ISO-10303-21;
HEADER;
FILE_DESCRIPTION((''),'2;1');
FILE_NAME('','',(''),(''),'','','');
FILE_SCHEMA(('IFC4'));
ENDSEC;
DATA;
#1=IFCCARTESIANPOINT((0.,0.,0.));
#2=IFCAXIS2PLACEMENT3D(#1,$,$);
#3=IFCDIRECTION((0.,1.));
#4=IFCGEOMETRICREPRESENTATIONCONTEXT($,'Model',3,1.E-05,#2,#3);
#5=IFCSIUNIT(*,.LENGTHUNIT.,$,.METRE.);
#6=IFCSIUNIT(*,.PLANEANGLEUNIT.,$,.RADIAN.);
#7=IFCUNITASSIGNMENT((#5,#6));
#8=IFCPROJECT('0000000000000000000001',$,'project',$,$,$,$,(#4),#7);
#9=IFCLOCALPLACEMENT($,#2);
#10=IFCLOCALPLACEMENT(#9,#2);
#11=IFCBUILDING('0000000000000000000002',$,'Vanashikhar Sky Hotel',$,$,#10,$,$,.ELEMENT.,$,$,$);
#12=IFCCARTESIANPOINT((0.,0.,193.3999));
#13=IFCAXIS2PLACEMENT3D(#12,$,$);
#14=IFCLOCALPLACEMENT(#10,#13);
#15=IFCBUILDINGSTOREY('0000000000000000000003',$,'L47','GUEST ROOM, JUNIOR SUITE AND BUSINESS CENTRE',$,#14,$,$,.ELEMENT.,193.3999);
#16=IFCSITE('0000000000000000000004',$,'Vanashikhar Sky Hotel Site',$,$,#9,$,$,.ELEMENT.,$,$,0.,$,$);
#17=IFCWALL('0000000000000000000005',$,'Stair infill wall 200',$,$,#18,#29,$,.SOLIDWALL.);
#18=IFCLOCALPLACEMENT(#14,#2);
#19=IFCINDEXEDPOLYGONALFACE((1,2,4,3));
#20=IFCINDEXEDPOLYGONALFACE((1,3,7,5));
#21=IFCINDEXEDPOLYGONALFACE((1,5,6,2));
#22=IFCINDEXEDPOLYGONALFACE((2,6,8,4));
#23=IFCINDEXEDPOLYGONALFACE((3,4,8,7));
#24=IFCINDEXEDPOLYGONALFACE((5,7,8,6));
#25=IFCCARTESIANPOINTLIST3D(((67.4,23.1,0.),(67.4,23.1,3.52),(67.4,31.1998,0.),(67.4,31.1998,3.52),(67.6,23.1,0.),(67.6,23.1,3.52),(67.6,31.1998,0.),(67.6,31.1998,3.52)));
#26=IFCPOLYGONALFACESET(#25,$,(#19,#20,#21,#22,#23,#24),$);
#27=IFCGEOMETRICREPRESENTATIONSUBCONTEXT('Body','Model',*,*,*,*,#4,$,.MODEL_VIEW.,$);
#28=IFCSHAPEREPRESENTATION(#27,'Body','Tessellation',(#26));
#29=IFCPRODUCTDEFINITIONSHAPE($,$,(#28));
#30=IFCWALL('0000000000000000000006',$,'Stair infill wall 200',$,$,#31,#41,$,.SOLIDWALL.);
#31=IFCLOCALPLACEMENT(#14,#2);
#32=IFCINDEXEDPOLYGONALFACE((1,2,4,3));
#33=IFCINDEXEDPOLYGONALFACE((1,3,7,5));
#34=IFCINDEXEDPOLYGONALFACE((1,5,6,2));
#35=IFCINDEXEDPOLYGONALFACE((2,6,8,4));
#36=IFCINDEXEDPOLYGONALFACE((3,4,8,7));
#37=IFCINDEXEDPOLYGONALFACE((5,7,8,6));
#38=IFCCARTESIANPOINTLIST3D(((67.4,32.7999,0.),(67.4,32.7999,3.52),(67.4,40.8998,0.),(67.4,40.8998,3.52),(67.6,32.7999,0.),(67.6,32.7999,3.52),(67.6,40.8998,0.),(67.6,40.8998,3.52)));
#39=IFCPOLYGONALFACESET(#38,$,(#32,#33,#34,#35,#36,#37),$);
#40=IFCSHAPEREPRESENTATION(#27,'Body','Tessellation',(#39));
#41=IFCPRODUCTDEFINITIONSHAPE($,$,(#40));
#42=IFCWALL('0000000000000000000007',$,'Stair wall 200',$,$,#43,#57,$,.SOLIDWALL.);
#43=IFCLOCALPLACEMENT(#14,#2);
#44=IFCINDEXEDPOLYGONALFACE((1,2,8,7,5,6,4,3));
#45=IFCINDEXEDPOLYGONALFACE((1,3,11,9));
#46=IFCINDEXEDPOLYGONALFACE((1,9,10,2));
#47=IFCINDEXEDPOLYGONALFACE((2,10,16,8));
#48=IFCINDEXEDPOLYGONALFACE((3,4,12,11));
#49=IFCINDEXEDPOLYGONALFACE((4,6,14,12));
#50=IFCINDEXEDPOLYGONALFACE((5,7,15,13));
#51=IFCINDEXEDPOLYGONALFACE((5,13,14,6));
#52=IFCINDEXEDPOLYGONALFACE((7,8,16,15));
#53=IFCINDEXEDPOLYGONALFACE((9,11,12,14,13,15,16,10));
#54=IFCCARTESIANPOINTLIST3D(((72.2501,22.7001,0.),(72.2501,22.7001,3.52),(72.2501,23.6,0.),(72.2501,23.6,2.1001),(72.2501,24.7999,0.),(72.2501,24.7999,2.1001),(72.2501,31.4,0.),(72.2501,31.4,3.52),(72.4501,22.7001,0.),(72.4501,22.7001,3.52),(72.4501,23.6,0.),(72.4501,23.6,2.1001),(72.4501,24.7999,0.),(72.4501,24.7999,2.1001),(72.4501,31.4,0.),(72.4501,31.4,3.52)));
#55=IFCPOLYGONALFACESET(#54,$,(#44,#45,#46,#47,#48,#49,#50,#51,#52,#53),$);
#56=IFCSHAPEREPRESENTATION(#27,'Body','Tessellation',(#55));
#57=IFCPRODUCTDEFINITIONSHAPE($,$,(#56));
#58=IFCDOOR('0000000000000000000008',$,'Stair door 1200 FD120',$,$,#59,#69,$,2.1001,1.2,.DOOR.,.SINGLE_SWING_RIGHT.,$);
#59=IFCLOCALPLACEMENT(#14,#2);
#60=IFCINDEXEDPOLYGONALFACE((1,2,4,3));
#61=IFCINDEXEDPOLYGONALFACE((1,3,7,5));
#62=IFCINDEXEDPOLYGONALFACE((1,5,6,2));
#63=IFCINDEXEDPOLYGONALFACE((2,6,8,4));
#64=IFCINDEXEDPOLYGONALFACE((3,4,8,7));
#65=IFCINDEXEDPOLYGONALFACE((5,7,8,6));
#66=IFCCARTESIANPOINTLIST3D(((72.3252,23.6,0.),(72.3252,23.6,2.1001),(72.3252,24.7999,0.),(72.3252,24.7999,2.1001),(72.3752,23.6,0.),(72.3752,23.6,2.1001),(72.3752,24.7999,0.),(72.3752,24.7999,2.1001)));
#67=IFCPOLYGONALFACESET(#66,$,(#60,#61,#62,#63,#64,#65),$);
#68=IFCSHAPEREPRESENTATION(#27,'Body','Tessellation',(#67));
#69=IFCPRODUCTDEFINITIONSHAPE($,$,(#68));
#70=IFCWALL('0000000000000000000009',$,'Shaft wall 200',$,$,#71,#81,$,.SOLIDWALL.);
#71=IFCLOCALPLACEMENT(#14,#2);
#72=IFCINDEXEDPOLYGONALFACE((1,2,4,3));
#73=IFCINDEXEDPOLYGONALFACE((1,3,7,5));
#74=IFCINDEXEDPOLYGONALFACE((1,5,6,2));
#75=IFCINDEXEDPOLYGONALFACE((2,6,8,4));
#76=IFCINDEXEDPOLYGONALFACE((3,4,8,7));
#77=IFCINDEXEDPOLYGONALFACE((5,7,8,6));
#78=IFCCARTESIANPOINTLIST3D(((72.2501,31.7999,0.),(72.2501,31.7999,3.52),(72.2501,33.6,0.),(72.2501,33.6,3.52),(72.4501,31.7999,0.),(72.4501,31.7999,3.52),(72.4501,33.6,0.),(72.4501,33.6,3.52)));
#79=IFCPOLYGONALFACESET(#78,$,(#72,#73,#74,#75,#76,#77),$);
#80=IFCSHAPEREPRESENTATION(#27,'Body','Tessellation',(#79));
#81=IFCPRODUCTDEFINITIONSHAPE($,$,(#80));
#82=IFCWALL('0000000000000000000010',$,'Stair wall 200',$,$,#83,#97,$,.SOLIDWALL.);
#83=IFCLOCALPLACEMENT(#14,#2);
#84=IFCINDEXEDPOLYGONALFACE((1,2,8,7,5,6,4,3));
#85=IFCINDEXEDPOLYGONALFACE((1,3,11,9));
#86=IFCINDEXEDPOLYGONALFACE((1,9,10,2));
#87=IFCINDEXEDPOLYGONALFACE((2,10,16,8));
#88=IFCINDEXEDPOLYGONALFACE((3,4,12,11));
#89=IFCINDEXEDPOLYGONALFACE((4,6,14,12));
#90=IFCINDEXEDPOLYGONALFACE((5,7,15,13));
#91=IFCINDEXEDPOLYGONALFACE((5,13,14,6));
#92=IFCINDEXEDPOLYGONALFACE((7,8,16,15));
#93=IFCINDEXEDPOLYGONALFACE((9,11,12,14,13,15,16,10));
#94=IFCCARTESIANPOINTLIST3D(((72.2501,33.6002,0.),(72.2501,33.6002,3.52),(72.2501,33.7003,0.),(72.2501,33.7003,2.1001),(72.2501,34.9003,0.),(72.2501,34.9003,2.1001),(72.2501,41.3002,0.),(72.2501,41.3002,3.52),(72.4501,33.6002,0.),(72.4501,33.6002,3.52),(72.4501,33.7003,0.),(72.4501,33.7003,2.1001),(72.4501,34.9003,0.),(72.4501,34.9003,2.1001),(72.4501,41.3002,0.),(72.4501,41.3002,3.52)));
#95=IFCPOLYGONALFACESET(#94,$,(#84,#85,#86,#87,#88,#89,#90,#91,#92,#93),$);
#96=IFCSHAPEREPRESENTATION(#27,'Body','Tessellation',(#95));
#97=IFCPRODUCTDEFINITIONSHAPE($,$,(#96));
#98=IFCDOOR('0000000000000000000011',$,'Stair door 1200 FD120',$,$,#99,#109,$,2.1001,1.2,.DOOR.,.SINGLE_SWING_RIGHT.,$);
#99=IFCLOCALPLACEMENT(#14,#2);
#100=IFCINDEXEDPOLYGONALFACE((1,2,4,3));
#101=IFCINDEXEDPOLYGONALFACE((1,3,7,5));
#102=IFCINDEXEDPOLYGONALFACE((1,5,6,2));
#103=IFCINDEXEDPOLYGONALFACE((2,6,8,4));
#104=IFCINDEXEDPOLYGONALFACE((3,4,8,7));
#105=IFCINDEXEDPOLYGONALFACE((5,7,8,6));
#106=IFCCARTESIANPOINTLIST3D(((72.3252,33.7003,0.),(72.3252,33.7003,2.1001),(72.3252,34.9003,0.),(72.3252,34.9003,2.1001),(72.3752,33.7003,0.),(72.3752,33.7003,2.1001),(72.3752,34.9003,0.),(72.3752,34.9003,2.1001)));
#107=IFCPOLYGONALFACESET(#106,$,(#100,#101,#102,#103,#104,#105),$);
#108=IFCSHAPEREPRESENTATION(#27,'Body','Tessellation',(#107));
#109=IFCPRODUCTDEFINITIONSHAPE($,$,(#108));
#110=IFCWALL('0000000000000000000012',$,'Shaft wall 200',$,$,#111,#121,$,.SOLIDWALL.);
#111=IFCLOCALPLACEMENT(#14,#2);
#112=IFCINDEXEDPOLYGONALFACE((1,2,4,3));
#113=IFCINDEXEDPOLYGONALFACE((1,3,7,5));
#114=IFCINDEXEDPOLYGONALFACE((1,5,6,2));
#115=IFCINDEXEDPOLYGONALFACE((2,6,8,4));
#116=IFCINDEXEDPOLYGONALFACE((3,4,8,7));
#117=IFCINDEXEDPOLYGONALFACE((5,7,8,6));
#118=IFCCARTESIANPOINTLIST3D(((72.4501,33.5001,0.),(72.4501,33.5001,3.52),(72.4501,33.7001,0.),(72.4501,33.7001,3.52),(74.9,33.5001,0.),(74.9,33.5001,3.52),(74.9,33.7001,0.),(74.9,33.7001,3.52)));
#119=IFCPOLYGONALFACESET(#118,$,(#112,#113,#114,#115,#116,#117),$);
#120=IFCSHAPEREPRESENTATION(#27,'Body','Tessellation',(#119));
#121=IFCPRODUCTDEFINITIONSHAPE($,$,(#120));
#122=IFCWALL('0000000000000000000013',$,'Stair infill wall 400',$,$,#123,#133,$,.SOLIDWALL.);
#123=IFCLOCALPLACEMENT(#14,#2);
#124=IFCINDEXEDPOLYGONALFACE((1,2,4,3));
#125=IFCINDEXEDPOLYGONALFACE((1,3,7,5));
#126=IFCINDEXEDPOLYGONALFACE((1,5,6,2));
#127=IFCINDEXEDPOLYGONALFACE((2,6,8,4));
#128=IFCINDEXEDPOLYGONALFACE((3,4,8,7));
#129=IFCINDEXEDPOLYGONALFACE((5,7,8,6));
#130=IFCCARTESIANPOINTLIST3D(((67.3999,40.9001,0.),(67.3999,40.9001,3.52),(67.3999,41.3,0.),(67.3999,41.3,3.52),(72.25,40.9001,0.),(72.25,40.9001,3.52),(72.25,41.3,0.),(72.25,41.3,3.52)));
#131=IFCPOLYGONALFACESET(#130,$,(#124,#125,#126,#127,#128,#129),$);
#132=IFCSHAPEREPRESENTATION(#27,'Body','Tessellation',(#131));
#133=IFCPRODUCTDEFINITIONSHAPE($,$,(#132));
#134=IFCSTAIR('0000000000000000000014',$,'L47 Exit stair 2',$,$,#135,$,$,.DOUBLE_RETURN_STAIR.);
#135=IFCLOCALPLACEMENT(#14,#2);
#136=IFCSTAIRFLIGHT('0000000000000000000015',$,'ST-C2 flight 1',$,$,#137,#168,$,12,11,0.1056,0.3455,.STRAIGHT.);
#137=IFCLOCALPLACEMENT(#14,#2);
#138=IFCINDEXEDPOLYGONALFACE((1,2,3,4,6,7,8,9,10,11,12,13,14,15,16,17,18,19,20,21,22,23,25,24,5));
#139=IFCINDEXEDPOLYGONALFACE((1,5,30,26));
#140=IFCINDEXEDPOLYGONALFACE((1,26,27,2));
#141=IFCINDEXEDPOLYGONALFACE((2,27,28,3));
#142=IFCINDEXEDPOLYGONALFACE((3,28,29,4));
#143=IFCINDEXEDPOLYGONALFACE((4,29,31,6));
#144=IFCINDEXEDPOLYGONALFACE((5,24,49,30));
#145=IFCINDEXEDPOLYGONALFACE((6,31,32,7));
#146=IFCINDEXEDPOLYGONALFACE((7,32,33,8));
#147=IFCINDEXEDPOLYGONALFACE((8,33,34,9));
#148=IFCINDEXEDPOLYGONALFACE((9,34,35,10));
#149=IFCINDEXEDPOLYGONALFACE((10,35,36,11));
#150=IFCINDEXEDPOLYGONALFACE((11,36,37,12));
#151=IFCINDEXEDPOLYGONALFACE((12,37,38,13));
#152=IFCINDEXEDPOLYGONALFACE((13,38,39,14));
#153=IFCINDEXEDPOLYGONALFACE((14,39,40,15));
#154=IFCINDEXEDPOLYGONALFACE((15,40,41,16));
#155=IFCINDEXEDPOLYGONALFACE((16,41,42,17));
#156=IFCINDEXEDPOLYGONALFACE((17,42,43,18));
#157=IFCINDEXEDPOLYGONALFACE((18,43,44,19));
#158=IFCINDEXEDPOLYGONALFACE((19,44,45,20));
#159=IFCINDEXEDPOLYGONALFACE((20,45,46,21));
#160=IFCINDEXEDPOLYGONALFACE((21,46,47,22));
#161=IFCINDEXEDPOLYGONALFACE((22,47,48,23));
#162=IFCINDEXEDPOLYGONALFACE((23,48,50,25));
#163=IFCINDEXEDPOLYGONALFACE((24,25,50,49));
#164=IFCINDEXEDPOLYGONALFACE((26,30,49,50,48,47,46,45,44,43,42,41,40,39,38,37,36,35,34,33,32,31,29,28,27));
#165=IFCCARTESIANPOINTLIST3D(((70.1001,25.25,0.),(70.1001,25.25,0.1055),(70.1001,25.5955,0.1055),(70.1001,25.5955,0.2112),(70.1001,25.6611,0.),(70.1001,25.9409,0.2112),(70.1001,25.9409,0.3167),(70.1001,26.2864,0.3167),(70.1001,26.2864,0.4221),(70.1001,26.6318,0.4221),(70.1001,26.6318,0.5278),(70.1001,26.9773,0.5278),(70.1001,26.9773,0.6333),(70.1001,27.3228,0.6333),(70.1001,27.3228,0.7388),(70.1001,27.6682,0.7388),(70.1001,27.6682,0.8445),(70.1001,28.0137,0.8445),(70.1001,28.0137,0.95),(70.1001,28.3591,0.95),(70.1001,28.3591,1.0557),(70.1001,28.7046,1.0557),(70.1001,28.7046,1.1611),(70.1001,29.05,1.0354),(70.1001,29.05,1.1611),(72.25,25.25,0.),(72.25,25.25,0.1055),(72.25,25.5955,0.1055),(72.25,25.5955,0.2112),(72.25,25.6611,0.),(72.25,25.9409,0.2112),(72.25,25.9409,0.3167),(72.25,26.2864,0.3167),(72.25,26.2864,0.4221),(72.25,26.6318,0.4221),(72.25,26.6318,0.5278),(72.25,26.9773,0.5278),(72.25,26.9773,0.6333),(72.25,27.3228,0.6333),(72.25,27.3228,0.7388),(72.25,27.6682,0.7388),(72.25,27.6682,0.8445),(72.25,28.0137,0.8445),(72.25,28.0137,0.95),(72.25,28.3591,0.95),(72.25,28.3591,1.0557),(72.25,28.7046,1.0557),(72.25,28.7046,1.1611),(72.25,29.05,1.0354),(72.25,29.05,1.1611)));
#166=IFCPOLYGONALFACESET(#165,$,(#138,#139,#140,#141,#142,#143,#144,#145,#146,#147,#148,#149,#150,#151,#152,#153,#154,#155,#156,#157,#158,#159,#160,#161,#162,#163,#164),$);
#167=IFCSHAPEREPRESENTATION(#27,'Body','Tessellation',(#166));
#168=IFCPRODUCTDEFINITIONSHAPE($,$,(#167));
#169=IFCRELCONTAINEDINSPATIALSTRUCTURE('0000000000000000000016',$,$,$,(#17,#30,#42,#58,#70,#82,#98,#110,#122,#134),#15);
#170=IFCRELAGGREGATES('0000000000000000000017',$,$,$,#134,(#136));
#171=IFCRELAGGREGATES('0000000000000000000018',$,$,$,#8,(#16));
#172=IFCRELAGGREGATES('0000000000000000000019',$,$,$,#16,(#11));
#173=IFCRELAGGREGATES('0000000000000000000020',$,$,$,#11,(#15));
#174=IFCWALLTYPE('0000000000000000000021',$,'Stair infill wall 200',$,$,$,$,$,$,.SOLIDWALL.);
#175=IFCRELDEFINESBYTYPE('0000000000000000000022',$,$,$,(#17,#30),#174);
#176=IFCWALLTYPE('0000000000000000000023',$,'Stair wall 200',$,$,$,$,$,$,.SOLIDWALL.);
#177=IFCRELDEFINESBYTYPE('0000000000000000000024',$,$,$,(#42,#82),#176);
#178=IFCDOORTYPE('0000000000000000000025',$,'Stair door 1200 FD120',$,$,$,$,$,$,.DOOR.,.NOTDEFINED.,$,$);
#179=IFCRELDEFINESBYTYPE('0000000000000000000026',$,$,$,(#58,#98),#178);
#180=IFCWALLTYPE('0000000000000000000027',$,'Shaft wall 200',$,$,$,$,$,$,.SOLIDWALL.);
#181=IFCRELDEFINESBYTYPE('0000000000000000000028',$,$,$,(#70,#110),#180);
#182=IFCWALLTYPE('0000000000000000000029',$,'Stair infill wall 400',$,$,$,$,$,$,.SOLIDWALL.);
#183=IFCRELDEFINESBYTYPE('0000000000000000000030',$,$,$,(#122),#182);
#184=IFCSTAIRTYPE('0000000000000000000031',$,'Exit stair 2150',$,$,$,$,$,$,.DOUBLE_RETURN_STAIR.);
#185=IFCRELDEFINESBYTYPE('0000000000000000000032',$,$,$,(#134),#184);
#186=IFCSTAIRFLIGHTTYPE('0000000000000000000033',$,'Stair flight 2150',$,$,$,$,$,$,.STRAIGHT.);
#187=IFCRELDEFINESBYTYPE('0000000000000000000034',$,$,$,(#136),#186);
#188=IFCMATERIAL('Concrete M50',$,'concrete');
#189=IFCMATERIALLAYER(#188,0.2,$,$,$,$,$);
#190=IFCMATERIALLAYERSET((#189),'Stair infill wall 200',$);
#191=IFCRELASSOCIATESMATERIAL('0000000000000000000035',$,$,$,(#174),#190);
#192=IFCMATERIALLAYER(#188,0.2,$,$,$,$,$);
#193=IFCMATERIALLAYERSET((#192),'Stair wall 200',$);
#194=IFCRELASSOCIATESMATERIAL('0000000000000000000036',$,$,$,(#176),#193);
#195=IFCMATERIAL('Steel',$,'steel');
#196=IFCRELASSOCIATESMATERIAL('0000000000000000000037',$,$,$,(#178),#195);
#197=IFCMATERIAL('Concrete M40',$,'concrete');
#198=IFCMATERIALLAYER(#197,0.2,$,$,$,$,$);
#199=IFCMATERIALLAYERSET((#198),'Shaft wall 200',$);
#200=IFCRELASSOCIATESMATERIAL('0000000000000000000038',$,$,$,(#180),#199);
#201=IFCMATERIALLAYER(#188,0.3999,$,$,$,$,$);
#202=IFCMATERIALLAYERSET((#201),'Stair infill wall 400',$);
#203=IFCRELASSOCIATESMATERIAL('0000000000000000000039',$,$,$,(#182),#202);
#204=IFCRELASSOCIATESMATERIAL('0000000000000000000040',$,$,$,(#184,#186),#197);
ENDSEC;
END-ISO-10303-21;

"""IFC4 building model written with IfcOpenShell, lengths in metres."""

from ifc_helpers import new_model, si_unit, direction, frame, frame_2d, origin, place, context, subcontext, project, spatial, polyline, rectangle, outline, extrude, source, transform, mapped, material, layer, layer_set, type_object, element, fill, aggregate, save


model = new_model("IFC4")

# Units and contexts
model_context = context("Model", 3, precision=1e-05, world=origin(), true_north=direction((0.0, 1.0)))
body_context = subcontext(model_context, "Body", "Model", "MODEL_VIEW")
ifc_project = project(units=[si_unit("LENGTHUNIT", "METRE"), si_unit("PLANEANGLEUNIT", "RADIAN")], contexts=[model_context])

# Site, building, storey
site_placement = place(None, origin())
site = spatial("IfcSite", under=ifc_project, at=site_placement, Name="Vanashikhar Sky Hotel Site", CompositionType="ELEMENT", RefElevation=0.0)
building_placement = place(site_placement, origin())
building = spatial("IfcBuilding", under=site, at=building_placement, Name="Vanashikhar Sky Hotel", CompositionType="ELEMENT")
storey_placement = place(building_placement, frame((0.0, 0.0, 193.3999)))
storey = spatial("IfcBuildingStorey", under=building, at=storey_placement, Name="L47", Description="GUEST ROOM, JUNIOR SUITE AND BUSINESS CENTRE", CompositionType="ELEMENT", Elevation=193.3999)

# Walls
ifc_material_1 = material(Name="Concrete M50", Category="concrete")
ifc_layer_1 = layer(ifc_material_1, 0.2)
ifc_layer_set_1 = layer_set([ifc_layer_1], Name="Stair infill wall 200")
wall_type_1 = type_object("IfcWallType", Name="Stair infill wall 200", PredefinedType="SOLIDWALL", material=ifc_layer_set_1)
shared_shape_1 = source(origin(), body_context, "Body", "SweptSolid", [
    extrude(rectangle(XDim=8.0999, YDim=0.2, at=frame_2d((4.0498, 0.0))), origin(), (0.0, 0.0, 1.0), 3.52),
])
for number, where, z_axis, x_axis, name in (
    (1, (67.5, 23.1001, 0.0), (0.0, 0.0, 1.0), (0.0, 1.0, 0.0), "Stair infill wall 200"),
    (2, (67.5, 32.8, 0.0), (0.0, 0.0, 1.0), (0.0, 1.0, 0.0), "Stair infill wall 200"),
):
    element("IfcWall", number, at=place(storey_placement, frame(where, z_axis=z_axis, x_axis=x_axis)), inside=storey, type_object=wall_type_1, Name=name, PredefinedType="SOLIDWALL", context=body_context, shape_type="MappedRepresentation", body=[
        mapped(shared_shape_1, transform((0.0, 0.0, 0.0), scale=1.0)),
    ])

# Wall, opening, door
ifc_layer_2 = layer(ifc_material_1, 0.2)
ifc_layer_set_2 = layer_set([ifc_layer_2], Name="Stair wall 200")
wall_type_2 = type_object("IfcWallType", Name="Stair wall 200", PredefinedType="SOLIDWALL", material=ifc_layer_set_2)
shared_shape_2 = source(origin(), body_context, "Body", "SweptSolid", [
    extrude(rectangle(XDim=8.7, YDim=0.2, at=frame_2d((4.3501, 0.0))), origin(), (0.0, 0.0, 1.0), 3.52),
])
wall_1_placement = place(storey_placement, frame((72.3501, 22.7, 0.0), z_axis=(0.0, 0.0, 1.0), x_axis=(0.0, 1.0, 0.0)))
wall_1 = element("IfcWall", 3, at=wall_1_placement, inside=storey, type_object=wall_type_2, Name="Stair wall 200", PredefinedType="SOLIDWALL", context=body_context, shape_type="MappedRepresentation", body=[
    mapped(shared_shape_2, transform((0.0, 0.0, 0.0), scale=1.0)),
])
shared_shape_3 = source(origin(), body_context, "Body", "SweptSolid", [
    extrude(rectangle(XDim=1.2, YDim=2.1001, at=frame_2d((0.6001, 1.05))), frame((0.0, 0.1099, 0.0), z_axis=(0.0, -1.0, 0.0), x_axis=(1.0, 0.0, 0.0)), (0.0, 0.0, 1.0), 0.22),
])
opening_1_placement = place(wall_1_placement, frame((0.8999, 0.0, 0.0)))
opening_1 = element("IfcOpeningElement", 4, at=opening_1_placement, cuts=wall_1, PredefinedType="OPENING", context=body_context, shape_type="MappedRepresentation", body=[
    mapped(shared_shape_3, transform((0.0, 0.0, 0.0), scale=1.0)),
])
ifc_material_2 = material(Name="Steel", Category="steel")
door_type = type_object("IfcDoorType", Name="Stair door 1200 FD120", OperationType="NOTDEFINED", PredefinedType="DOOR", material=ifc_material_2)
shared_shape_4 = source(origin(), body_context, "Body", "SweptSolid", [
    extrude(rectangle(XDim=1.2, YDim=2.1001, at=frame_2d((0.6001, 1.05))), frame((0.0, 0.0249, 0.0), z_axis=(0.0, -1.0, 0.0), x_axis=(1.0, 0.0, 0.0)), (0.0, 0.0, 1.0), 0.05),
])
door_1_placement = place(opening_1_placement, origin())
door_1 = element("IfcDoor", 5, at=door_1_placement, inside=storey, type_object=door_type, Name="Stair door 1200 FD120", OperationType="SINGLE_SWING_RIGHT", OverallHeight=2.1001, OverallWidth=1.2, PredefinedType="DOOR", context=body_context, shape_type="MappedRepresentation", body=[
    mapped(shared_shape_4, transform((0.0, 0.0, 0.0), scale=1.0)),
])
fill(opening_1, door_1)

# Wall
ifc_material_3 = material(Name="Concrete M40", Category="concrete")
ifc_layer_3 = layer(ifc_material_3, 0.2)
ifc_layer_set_3 = layer_set([ifc_layer_3], Name="Shaft wall 200")
wall_type_3 = type_object("IfcWallType", Name="Shaft wall 200", PredefinedType="SOLIDWALL", material=ifc_layer_set_3)
shared_shape_5 = source(origin(), body_context, "Body", "SweptSolid", [
    extrude(rectangle(XDim=1.8, YDim=0.2, at=frame_2d((0.8999, 0.0))), origin(), (0.0, 0.0, 1.0), 3.52),
])
wall_2_placement = place(storey_placement, frame((72.3501, 31.8, 0.0), z_axis=(0.0, 0.0, 1.0), x_axis=(0.0, 1.0, 0.0)))
element("IfcWall", 6, at=wall_2_placement, inside=storey, type_object=wall_type_3, Name="Shaft wall 200", PredefinedType="SOLIDWALL", context=body_context, shape_type="MappedRepresentation", body=[
    mapped(shared_shape_5, transform((0.0, 0.0, 0.0), scale=1.0)),
])

# Wall, opening, door
shared_shape_6 = source(origin(), body_context, "Body", "SweptSolid", [
    extrude(rectangle(XDim=7.7, YDim=0.2, at=frame_2d((3.8501, 0.0))), origin(), (0.0, 0.0, 1.0), 3.52),
])
wall_3_placement = place(storey_placement, frame((72.3501, 33.6001, 0.0), z_axis=(0.0, 0.0, 1.0), x_axis=(0.0, 1.0, 0.0)))
wall_3 = element("IfcWall", 7, at=wall_3_placement, inside=storey, type_object=wall_type_2, Name="Stair wall 200", PredefinedType="SOLIDWALL", context=body_context, shape_type="MappedRepresentation", body=[
    mapped(shared_shape_6, transform((0.0, 0.0, 0.0), scale=1.0)),
])
opening_2_placement = place(wall_3_placement, frame((0.1001, 0.0, 0.0)))
opening_2 = element("IfcOpeningElement", 8, at=opening_2_placement, cuts=wall_3, PredefinedType="OPENING", context=body_context, shape_type="MappedRepresentation", body=[
    mapped(shared_shape_3, transform((0.0, 0.0, 0.0), scale=1.0)),
])
door_2_placement = place(opening_2_placement, origin())
door_2 = element("IfcDoor", 9, at=door_2_placement, inside=storey, type_object=door_type, Name="Stair door 1200 FD120", OperationType="SINGLE_SWING_RIGHT", OverallHeight=2.1001, OverallWidth=1.2, PredefinedType="DOOR", context=body_context, shape_type="MappedRepresentation", body=[
    mapped(shared_shape_4, transform((0.0, 0.0, 0.0), scale=1.0)),
])
fill(opening_2, door_2)

# Walls
shared_shape_7 = source(origin(), body_context, "Body", "SweptSolid", [
    extrude(rectangle(XDim=2.45, YDim=0.2, at=frame_2d((1.2251, 0.0))), origin(), (0.0, 0.0, 1.0), 3.52),
])
wall_4_placement = place(storey_placement, frame((72.45, 33.6001, 0.0), z_axis=(0.0, 0.0, 1.0), x_axis=(1.0, 0.0, 0.0)))
element("IfcWall", 10, at=wall_4_placement, inside=storey, type_object=wall_type_3, Name="Shaft wall 200", PredefinedType="SOLIDWALL", context=body_context, shape_type="MappedRepresentation", body=[
    mapped(shared_shape_7, transform((0.0, 0.0, 0.0), scale=1.0)),
])
ifc_layer_4 = layer(ifc_material_1, 0.3999)
ifc_layer_set_4 = layer_set([ifc_layer_4], Name="Stair infill wall 400")
wall_type_4 = type_object("IfcWallType", Name="Stair infill wall 400", PredefinedType="SOLIDWALL", material=ifc_layer_set_4)
shared_shape_8 = source(origin(), body_context, "Body", "SweptSolid", [
    extrude(rectangle(XDim=4.8501, YDim=0.3999, at=frame_2d((2.425, 0.0))), origin(), (0.0, 0.0, 1.0), 3.52),
])
wall_5_placement = place(storey_placement, frame((67.3999, 41.1001, 0.0), z_axis=(0.0, 0.0, 1.0), x_axis=(1.0, 0.0, 0.0)))
element("IfcWall", 11, at=wall_5_placement, inside=storey, type_object=wall_type_4, Name="Stair infill wall 400", PredefinedType="SOLIDWALL", context=body_context, shape_type="MappedRepresentation", body=[
    mapped(shared_shape_8, transform((0.0, 0.0, 0.0), scale=1.0)),
])

# Stair, stair flight
stair_type = type_object("IfcStairType", Name="Exit stair 2150", PredefinedType="DOUBLE_RETURN_STAIR", material=ifc_material_3)
stair_1_placement = place(storey_placement, origin())
stair_1 = element("IfcStair", 12, at=stair_1_placement, inside=storey, type_object=stair_type, Name="L47 Exit stair 2", PredefinedType="DOUBLE_RETURN_STAIR")
stair_flight_type = type_object("IfcStairFlightType", Name="Stair flight 2150", PredefinedType="STRAIGHT", material=ifc_material_3)
shared_shape_9 = source(origin(), body_context, "Body", "SweptSolid", [
    extrude(outline(polyline([(0.0, 0.0), (0.0, 0.1055), (0.3455, 0.1055), (0.3455, 0.2112), (0.6909, 0.2112), (0.6909, 0.3167), (1.0364, 0.3167), (1.0364, 0.4221), (1.3818, 0.4221), (1.3818, 0.5278), (1.7273, 0.5278), (1.7273, 0.6333), (2.0728, 0.6333), (2.0728, 0.7388), (2.4182, 0.7388), (2.4182, 0.8445), (2.7637, 0.8445), (2.7637, 0.95), (3.1091, 0.95), (3.1091, 1.0557), (3.4546, 1.0557), (3.4546, 1.1611), (3.8, 1.1611), (3.8, 1.2666), (3.8, 1.0354), (0.4111, 0.0), (0.0, 0.0)])), frame((0.0, 1.075, 0.0), z_axis=(0.0, -1.0, 0.0), x_axis=(1.0, 0.0, 0.0)), (0.0, 0.0, 1.0), 2.1499),
])
stair_flight_1_placement = place(storey_placement, frame((71.175, 25.25, 0.0), z_axis=(0.0, 0.0, 1.0), x_axis=(0.0, 1.0, 0.0)))
stair_flight_1 = element("IfcStairFlight", 13, at=stair_flight_1_placement, type_object=stair_flight_type, Name="ST-C2 flight 1", NumberOfRisers=12, NumberOfTreads=11, PredefinedType="STRAIGHT", RiserHeight=0.1056, TreadLength=0.3455, context=body_context, shape_type="MappedRepresentation", body=[
    mapped(shared_shape_9, transform((0.0, 0.0, 0.0), scale=1.0)),
])
aggregate(stair_1, [stair_flight_1])

save(model, "model.ifc")
